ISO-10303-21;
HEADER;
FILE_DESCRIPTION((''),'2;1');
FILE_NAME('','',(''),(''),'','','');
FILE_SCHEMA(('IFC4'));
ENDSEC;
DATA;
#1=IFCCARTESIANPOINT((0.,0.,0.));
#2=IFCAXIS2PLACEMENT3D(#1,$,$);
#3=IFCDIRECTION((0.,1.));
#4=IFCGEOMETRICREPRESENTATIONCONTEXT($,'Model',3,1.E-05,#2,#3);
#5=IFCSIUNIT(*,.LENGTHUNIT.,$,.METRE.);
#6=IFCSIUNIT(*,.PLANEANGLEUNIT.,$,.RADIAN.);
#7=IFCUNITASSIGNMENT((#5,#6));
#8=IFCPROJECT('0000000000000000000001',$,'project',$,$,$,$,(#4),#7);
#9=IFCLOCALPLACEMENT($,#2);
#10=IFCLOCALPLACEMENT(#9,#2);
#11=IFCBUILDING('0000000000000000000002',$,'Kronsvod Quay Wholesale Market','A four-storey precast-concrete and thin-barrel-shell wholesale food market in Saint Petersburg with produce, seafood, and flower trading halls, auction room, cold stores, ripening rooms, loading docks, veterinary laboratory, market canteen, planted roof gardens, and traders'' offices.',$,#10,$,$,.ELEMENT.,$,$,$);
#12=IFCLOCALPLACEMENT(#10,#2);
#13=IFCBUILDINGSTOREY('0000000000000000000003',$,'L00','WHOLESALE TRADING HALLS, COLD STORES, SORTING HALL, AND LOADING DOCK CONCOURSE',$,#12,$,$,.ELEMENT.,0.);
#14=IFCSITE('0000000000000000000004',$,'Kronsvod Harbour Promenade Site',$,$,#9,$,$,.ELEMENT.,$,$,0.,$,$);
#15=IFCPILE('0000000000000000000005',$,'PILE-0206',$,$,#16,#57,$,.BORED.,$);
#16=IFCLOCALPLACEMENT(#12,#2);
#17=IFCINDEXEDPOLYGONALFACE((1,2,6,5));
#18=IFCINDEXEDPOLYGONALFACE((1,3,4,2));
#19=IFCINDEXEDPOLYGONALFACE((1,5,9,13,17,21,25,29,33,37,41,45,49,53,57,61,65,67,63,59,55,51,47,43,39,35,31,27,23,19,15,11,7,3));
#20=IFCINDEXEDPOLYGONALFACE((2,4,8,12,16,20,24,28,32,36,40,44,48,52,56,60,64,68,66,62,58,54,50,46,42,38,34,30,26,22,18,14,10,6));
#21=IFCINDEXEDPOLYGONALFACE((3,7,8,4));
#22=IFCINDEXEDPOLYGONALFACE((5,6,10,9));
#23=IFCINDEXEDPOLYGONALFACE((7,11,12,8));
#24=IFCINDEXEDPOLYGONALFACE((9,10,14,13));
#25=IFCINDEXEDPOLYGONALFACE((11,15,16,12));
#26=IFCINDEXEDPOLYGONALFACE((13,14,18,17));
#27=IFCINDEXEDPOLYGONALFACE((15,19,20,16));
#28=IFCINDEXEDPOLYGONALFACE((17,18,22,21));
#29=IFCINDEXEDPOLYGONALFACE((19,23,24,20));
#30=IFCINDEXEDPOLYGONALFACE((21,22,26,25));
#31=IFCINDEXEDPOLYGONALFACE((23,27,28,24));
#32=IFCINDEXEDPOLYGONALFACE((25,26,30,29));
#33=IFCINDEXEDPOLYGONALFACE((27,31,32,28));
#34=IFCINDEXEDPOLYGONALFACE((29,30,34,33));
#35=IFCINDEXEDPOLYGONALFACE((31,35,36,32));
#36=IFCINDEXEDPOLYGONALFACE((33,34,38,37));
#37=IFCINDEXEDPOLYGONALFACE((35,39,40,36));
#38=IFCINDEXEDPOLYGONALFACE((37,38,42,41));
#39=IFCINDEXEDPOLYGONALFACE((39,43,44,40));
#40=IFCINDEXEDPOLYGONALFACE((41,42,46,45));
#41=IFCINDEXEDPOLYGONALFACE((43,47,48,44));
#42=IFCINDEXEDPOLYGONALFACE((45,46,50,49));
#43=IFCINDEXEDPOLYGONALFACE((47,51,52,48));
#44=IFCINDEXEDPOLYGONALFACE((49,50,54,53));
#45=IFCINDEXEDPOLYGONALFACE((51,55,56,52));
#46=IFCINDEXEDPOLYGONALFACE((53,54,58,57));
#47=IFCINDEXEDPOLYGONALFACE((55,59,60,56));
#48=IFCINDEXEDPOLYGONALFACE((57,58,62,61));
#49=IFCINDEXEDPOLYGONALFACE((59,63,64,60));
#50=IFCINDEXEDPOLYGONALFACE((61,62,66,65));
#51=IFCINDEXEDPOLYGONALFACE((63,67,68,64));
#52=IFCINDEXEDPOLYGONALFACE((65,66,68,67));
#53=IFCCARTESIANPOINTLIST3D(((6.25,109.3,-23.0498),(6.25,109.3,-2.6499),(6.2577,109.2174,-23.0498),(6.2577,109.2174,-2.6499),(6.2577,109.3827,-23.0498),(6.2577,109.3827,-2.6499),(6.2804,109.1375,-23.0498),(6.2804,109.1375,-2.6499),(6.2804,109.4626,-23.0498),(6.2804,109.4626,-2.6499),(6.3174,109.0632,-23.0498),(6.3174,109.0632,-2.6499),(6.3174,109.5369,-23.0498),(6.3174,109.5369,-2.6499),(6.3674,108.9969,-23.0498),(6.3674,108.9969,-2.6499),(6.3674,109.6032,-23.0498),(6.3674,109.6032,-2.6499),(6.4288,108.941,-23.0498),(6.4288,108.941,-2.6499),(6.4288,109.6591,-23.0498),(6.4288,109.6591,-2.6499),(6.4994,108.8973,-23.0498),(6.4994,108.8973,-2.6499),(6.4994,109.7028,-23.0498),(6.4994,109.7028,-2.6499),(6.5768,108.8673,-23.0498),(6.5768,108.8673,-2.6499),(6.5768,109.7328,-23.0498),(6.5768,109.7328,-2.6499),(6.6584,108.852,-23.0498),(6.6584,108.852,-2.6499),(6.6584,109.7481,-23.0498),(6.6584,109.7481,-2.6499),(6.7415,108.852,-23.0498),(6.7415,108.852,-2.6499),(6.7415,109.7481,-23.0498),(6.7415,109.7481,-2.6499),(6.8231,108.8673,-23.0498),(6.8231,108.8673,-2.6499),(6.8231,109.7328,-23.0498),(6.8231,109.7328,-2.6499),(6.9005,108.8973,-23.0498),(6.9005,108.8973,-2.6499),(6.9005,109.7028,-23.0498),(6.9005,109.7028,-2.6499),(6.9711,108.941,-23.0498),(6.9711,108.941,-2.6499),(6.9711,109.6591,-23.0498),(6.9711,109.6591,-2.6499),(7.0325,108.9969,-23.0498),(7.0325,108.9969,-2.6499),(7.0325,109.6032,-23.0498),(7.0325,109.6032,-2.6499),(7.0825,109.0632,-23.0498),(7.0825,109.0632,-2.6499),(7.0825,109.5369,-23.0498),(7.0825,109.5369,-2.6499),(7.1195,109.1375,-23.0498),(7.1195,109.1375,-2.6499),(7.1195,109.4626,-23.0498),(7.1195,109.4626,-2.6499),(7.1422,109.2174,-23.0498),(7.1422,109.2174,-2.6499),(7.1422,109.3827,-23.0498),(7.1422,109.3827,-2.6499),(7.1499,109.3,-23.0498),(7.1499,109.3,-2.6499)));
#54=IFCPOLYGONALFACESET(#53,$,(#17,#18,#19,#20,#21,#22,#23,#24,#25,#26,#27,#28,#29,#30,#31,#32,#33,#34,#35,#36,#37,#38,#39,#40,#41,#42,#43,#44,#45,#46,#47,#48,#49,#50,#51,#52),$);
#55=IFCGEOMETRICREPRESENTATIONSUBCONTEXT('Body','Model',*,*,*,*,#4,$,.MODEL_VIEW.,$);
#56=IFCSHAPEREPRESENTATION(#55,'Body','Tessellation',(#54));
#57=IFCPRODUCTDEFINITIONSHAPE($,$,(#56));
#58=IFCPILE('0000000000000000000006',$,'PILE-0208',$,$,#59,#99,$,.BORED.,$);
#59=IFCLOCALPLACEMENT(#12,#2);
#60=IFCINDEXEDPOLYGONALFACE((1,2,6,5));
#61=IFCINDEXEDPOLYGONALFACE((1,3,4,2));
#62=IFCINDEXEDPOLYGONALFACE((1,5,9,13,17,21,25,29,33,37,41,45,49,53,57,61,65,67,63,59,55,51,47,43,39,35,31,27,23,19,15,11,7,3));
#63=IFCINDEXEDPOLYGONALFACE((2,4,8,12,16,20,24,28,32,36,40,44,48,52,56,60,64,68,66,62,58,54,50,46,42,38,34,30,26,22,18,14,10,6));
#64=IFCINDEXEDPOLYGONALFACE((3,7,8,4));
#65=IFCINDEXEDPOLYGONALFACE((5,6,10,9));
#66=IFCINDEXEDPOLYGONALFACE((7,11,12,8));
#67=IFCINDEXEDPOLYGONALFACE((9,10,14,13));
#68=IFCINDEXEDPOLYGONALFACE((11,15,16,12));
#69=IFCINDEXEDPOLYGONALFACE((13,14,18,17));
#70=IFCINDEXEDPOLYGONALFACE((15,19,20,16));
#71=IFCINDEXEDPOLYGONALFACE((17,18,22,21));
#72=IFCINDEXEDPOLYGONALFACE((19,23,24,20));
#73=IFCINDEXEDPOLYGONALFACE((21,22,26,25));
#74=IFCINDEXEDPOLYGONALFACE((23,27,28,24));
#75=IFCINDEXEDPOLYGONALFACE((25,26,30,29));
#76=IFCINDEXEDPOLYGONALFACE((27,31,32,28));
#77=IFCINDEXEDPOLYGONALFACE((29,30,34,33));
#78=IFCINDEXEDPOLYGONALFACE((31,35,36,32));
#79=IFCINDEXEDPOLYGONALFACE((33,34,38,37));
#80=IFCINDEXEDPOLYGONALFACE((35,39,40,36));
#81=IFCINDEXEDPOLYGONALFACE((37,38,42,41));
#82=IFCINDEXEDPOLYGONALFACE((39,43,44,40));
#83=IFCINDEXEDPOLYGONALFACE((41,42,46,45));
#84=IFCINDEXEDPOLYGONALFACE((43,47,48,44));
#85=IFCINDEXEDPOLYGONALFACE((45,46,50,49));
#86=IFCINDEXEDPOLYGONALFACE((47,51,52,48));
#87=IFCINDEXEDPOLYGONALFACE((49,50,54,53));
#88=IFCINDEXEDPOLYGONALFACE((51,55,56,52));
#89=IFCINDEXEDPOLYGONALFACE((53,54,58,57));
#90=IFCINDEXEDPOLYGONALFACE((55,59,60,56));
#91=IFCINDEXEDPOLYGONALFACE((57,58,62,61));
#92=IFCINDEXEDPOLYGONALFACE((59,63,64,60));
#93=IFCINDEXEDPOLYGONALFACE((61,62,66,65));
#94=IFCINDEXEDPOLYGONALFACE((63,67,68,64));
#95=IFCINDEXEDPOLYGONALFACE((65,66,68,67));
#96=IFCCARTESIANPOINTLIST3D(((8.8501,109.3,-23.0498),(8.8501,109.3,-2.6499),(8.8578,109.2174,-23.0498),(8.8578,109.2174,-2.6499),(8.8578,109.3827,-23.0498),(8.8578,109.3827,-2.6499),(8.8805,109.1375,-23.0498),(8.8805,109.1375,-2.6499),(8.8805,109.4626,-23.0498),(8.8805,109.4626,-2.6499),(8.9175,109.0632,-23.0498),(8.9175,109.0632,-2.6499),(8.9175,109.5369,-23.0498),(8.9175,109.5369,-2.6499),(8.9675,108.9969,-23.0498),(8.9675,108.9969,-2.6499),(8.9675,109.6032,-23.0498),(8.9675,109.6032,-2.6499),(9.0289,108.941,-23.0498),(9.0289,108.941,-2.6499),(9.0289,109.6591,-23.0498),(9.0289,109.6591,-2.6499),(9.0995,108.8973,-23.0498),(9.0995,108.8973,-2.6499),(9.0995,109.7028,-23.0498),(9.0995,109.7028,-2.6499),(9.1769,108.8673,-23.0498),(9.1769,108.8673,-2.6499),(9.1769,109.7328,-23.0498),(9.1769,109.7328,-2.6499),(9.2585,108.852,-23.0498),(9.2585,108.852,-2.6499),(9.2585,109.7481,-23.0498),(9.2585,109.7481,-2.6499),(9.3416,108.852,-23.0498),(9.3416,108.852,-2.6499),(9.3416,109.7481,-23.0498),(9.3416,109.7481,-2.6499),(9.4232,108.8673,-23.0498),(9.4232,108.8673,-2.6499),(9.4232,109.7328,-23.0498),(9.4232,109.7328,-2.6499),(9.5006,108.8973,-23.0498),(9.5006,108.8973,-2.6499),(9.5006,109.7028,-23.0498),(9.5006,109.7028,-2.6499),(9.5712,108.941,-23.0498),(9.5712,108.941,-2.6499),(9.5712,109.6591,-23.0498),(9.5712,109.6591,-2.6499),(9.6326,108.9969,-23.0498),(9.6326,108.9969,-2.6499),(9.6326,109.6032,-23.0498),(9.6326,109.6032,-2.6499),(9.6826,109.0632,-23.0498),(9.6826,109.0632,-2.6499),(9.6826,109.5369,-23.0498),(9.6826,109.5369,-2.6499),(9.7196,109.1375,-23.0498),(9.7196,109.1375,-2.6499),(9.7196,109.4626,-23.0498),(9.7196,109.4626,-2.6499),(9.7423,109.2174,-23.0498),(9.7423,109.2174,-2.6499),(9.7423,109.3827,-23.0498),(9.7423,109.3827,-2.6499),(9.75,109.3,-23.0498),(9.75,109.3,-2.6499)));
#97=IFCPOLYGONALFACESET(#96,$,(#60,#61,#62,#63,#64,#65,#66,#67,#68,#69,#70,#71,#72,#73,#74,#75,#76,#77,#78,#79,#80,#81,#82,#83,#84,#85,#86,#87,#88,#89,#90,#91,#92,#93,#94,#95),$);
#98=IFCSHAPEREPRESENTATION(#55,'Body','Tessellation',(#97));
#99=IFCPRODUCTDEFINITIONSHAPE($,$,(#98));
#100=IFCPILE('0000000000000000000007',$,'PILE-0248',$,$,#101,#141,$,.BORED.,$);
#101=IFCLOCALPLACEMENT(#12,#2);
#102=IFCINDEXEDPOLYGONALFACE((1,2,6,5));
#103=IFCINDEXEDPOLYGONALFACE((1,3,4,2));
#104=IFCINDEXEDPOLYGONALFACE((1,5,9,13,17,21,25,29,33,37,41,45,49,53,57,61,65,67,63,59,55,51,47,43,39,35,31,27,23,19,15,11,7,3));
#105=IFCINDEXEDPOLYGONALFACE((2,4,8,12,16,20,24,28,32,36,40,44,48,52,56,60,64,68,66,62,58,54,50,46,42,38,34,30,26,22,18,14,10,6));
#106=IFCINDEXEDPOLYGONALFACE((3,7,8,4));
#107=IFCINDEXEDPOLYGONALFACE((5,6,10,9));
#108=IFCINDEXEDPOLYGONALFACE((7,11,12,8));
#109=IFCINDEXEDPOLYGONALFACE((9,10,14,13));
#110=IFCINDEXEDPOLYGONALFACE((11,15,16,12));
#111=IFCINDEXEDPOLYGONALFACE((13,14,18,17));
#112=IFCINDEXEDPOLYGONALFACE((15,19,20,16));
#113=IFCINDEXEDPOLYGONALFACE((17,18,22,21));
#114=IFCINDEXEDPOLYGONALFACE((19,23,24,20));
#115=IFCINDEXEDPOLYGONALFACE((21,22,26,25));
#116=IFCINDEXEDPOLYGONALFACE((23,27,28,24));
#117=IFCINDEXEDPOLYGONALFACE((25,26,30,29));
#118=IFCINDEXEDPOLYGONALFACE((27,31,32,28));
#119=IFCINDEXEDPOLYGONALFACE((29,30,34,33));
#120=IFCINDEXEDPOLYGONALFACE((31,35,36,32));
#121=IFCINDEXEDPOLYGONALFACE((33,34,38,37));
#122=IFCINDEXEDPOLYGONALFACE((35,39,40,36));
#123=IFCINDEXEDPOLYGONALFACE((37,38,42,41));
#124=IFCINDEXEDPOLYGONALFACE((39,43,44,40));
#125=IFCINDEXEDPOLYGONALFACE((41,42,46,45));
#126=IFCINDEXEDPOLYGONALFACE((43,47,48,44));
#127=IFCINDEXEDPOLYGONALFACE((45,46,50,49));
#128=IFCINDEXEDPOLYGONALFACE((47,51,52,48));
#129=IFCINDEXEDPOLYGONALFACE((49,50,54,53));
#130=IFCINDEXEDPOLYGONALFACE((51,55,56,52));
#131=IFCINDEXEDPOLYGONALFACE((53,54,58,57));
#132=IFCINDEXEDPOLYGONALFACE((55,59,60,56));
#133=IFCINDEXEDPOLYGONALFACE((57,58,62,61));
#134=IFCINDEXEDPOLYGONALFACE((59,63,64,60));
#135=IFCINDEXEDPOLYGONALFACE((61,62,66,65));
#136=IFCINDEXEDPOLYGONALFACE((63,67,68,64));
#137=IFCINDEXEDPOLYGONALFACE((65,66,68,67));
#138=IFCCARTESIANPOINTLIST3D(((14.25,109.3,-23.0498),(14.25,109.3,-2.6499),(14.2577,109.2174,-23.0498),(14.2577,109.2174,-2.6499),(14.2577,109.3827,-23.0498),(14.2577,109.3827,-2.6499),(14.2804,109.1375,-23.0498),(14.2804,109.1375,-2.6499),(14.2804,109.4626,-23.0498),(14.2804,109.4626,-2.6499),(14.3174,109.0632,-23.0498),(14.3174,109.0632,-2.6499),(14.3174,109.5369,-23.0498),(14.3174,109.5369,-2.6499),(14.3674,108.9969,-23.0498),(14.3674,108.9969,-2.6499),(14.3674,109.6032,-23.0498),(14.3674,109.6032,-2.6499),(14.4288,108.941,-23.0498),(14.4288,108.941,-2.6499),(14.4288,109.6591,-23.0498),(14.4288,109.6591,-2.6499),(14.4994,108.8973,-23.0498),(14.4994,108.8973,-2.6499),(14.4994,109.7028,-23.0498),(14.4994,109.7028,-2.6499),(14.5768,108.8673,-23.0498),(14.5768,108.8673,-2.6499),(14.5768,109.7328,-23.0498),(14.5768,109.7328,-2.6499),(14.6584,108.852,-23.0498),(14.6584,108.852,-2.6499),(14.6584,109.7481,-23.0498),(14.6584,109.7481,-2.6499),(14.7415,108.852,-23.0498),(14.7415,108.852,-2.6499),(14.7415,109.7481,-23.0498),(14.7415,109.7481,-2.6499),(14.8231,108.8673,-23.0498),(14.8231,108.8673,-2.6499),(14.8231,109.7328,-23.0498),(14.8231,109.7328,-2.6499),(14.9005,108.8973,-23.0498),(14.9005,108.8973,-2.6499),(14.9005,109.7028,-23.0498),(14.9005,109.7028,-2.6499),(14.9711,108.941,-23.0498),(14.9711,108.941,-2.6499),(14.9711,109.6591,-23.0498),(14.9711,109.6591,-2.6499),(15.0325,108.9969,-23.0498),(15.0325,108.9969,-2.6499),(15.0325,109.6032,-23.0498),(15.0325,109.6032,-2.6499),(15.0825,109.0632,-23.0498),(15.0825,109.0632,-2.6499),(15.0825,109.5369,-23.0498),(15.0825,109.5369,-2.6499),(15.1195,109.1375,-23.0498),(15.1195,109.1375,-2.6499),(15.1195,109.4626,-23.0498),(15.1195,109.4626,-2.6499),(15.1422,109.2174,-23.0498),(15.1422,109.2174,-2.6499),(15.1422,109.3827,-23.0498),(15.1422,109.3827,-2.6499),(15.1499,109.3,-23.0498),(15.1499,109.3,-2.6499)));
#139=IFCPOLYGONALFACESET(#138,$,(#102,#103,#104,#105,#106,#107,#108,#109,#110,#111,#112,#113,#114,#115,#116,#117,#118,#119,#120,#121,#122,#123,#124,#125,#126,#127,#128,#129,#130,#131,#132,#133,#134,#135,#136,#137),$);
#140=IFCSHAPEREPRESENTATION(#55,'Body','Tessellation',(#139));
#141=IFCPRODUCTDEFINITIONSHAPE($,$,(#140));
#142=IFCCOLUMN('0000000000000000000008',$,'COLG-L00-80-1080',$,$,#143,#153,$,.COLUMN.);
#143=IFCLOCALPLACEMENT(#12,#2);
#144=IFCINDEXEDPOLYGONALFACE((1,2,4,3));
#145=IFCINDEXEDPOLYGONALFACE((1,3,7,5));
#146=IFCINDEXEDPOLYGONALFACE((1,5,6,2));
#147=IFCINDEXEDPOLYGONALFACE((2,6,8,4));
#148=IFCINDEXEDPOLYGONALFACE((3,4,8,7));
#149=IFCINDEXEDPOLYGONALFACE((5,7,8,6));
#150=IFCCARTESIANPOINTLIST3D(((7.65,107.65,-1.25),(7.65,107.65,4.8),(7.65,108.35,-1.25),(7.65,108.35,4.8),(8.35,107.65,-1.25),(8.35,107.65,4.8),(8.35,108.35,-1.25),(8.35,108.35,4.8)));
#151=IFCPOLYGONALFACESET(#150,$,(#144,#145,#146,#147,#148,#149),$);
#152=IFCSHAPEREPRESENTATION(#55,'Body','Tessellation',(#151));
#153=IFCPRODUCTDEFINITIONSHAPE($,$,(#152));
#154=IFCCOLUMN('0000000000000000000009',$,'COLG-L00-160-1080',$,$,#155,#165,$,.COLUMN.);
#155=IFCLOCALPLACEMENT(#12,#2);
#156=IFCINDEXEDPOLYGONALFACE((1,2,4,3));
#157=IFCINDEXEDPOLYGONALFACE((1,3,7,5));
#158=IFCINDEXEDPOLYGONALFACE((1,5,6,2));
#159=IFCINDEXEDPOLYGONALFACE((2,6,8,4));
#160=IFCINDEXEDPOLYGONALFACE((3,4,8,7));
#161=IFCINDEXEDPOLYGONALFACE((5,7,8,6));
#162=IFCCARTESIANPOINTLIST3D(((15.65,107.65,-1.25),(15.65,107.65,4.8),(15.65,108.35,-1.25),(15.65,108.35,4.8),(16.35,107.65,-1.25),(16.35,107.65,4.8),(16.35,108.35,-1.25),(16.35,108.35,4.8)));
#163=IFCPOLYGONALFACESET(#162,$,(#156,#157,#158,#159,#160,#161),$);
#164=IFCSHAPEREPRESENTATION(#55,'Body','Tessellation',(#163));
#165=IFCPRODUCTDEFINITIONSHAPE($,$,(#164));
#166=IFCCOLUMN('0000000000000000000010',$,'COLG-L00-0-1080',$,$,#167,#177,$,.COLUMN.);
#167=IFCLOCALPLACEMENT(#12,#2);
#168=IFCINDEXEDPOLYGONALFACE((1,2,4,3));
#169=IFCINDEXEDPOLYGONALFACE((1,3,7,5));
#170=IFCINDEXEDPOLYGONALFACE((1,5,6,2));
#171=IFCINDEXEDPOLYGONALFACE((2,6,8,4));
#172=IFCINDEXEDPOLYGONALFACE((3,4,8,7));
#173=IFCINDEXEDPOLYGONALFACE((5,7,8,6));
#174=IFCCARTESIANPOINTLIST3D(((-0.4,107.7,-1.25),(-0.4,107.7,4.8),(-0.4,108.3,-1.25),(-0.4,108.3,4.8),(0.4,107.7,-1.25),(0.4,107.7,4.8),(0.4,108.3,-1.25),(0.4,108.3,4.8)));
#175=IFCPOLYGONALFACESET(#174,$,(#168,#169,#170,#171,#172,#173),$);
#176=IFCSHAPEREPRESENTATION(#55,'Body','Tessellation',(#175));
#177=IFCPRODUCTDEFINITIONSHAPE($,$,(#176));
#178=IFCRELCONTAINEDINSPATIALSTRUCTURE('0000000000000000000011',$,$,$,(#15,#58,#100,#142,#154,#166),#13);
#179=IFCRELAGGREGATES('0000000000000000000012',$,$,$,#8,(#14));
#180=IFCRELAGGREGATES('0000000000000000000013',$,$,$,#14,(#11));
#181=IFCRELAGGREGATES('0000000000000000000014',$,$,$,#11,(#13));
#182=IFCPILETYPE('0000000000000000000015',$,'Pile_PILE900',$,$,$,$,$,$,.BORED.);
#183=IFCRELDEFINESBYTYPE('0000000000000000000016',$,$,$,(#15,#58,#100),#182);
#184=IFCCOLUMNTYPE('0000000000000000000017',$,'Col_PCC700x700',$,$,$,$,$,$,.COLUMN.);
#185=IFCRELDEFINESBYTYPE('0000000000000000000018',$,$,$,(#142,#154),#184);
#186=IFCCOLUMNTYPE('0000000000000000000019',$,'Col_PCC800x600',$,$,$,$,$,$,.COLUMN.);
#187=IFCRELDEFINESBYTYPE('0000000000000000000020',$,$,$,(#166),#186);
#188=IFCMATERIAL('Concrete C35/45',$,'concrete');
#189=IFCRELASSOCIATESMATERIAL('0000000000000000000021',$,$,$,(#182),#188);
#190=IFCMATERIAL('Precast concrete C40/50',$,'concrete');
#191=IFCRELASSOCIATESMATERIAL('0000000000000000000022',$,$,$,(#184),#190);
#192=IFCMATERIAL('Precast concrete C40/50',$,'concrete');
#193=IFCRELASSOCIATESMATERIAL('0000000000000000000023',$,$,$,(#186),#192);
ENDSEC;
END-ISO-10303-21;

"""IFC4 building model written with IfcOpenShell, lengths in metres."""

from ifc_helpers import new_model, si_unit, direction, frame, origin, origin_2d, place, context, subcontext, project, spatial, rectangle, circle, extrude, material, material_profile, profile_set, type_object, element, save


model = new_model("IFC4")

# Units and contexts
model_context = context("Model", 3, precision=1e-05, world=origin(), true_north=direction((0.0, 1.0)))
body_context = subcontext(model_context, "Body", "Model", "MODEL_VIEW")
ifc_project = project(units=[si_unit("LENGTHUNIT", "METRE"), si_unit("PLANEANGLEUNIT", "RADIAN")], contexts=[model_context])

# Site, building, storey
site_placement = place(None, origin())
site = spatial("IfcSite", under=ifc_project, at=site_placement, Name="Kronsvod Harbour Promenade Site", CompositionType="ELEMENT", RefElevation=0.0)
building_placement = place(site_placement, origin())
building = spatial("IfcBuilding", under=site, at=building_placement, Name="Kronsvod Quay Wholesale Market", Description="A four-storey precast-concrete and thin-barrel-shell wholesale food market in Saint Petersburg with produce, seafood, and flower trading halls, auction room, cold stores, ripening rooms, loading docks, veterinary laboratory, market canteen, planted roof gardens, and traders' offices.", CompositionType="ELEMENT")
storey_placement = place(building_placement, origin())
storey = spatial("IfcBuildingStorey", under=building, at=storey_placement, Name="L00", Description="WHOLESALE TRADING HALLS, COLD STORES, SORTING HALL, AND LOADING DOCK CONCOURSE", CompositionType="ELEMENT", Elevation=0.0)

# Piles
ifc_material_1 = material(Name="Concrete C35/45", Category="concrete")
ifc_material_profile_1 = material_profile(ifc_material_1, circle(Radius=0.45, at=origin_2d()), Name="PILE900")
ifc_profile_set_1 = profile_set([ifc_material_profile_1], Name="Concrete C35/45")
pile_type = type_object("IfcPileType", Name="Pile_PILE900", PredefinedType="BORED", material=ifc_profile_set_1)
for number, where, z_axis, x_axis, name in (
    (1, (6.7, 109.3, -2.6499), (0.0, 0.0, -1.0), (1.0, 0.0, 0.0), "PILE-0206"),
    (2, (9.3, 109.3, -2.6499), (0.0, 0.0, -1.0), (1.0, 0.0, 0.0), "PILE-0208"),
    (3, (14.7, 109.3, -2.6499), (0.0, 0.0, -1.0), (1.0, 0.0, 0.0), "PILE-0248"),
):
    element("IfcPile", number, at=place(storey_placement, frame(where, z_axis=z_axis, x_axis=x_axis)), inside=storey, type_object=pile_type, Name=name, PredefinedType="BORED", context=body_context, shape_type="SweptSolid", body=[
        extrude(circle(Radius=0.45, at=origin_2d()), origin(), (0.0, 0.0, 1.0), 20.3999),
    ])

# Columns
ifc_material_2 = material(Name="Precast concrete C40/50", Category="concrete")
ifc_material_profile_2 = material_profile(ifc_material_2, rectangle(XDim=0.7, YDim=0.7, at=origin_2d()), Name="PCC700x700")
ifc_profile_set_2 = profile_set([ifc_material_profile_2], Name="Precast concrete C40/50")
column_type_1 = type_object("IfcColumnType", Name="Col_PCC700x700", PredefinedType="COLUMN", material=ifc_profile_set_2)
for number, where, z_axis, x_axis, name in (
    (4, (8.0, 108.0, -1.25), (0.0, 0.0, 1.0), (1.0, 0.0, 0.0), "COLG-L00-80-1080"),
    (5, (16.0, 108.0, -1.25), (0.0, 0.0, 1.0), (1.0, 0.0, 0.0), "COLG-L00-160-1080"),
):
    element("IfcColumn", number, at=place(storey_placement, frame(where, z_axis=z_axis, x_axis=x_axis)), inside=storey, type_object=column_type_1, Name=name, PredefinedType="COLUMN", context=body_context, shape_type="SweptSolid", body=[
        extrude(rectangle(XDim=0.7, YDim=0.7, at=origin_2d()), origin(), (0.0, 0.0, 1.0), 6.05),
    ])
ifc_material_3 = material(Name="Precast concrete C40/50", Category="concrete")
ifc_material_profile_3 = material_profile(ifc_material_3, rectangle(XDim=0.8, YDim=0.6001, at=origin_2d()), Name="PCC800x600")
ifc_profile_set_3 = profile_set([ifc_material_profile_3], Name="Precast concrete C40/50")
column_type_2 = type_object("IfcColumnType", Name="Col_PCC800x600", PredefinedType="COLUMN", material=ifc_profile_set_3)
column_placement = place(storey_placement, frame((0.0, 108.0, -1.25), z_axis=(0.0, 0.0, 1.0), x_axis=(1.0, 0.0, 0.0)))
element("IfcColumn", 6, at=column_placement, inside=storey, type_object=column_type_2, Name="COLG-L00-0-1080", PredefinedType="COLUMN", context=body_context, shape_type="SweptSolid", body=[
    extrude(rectangle(XDim=0.8, YDim=0.6001, at=origin_2d()), origin(), (0.0, 0.0, 1.0), 6.05),
])

save(model, "model.ifc")
